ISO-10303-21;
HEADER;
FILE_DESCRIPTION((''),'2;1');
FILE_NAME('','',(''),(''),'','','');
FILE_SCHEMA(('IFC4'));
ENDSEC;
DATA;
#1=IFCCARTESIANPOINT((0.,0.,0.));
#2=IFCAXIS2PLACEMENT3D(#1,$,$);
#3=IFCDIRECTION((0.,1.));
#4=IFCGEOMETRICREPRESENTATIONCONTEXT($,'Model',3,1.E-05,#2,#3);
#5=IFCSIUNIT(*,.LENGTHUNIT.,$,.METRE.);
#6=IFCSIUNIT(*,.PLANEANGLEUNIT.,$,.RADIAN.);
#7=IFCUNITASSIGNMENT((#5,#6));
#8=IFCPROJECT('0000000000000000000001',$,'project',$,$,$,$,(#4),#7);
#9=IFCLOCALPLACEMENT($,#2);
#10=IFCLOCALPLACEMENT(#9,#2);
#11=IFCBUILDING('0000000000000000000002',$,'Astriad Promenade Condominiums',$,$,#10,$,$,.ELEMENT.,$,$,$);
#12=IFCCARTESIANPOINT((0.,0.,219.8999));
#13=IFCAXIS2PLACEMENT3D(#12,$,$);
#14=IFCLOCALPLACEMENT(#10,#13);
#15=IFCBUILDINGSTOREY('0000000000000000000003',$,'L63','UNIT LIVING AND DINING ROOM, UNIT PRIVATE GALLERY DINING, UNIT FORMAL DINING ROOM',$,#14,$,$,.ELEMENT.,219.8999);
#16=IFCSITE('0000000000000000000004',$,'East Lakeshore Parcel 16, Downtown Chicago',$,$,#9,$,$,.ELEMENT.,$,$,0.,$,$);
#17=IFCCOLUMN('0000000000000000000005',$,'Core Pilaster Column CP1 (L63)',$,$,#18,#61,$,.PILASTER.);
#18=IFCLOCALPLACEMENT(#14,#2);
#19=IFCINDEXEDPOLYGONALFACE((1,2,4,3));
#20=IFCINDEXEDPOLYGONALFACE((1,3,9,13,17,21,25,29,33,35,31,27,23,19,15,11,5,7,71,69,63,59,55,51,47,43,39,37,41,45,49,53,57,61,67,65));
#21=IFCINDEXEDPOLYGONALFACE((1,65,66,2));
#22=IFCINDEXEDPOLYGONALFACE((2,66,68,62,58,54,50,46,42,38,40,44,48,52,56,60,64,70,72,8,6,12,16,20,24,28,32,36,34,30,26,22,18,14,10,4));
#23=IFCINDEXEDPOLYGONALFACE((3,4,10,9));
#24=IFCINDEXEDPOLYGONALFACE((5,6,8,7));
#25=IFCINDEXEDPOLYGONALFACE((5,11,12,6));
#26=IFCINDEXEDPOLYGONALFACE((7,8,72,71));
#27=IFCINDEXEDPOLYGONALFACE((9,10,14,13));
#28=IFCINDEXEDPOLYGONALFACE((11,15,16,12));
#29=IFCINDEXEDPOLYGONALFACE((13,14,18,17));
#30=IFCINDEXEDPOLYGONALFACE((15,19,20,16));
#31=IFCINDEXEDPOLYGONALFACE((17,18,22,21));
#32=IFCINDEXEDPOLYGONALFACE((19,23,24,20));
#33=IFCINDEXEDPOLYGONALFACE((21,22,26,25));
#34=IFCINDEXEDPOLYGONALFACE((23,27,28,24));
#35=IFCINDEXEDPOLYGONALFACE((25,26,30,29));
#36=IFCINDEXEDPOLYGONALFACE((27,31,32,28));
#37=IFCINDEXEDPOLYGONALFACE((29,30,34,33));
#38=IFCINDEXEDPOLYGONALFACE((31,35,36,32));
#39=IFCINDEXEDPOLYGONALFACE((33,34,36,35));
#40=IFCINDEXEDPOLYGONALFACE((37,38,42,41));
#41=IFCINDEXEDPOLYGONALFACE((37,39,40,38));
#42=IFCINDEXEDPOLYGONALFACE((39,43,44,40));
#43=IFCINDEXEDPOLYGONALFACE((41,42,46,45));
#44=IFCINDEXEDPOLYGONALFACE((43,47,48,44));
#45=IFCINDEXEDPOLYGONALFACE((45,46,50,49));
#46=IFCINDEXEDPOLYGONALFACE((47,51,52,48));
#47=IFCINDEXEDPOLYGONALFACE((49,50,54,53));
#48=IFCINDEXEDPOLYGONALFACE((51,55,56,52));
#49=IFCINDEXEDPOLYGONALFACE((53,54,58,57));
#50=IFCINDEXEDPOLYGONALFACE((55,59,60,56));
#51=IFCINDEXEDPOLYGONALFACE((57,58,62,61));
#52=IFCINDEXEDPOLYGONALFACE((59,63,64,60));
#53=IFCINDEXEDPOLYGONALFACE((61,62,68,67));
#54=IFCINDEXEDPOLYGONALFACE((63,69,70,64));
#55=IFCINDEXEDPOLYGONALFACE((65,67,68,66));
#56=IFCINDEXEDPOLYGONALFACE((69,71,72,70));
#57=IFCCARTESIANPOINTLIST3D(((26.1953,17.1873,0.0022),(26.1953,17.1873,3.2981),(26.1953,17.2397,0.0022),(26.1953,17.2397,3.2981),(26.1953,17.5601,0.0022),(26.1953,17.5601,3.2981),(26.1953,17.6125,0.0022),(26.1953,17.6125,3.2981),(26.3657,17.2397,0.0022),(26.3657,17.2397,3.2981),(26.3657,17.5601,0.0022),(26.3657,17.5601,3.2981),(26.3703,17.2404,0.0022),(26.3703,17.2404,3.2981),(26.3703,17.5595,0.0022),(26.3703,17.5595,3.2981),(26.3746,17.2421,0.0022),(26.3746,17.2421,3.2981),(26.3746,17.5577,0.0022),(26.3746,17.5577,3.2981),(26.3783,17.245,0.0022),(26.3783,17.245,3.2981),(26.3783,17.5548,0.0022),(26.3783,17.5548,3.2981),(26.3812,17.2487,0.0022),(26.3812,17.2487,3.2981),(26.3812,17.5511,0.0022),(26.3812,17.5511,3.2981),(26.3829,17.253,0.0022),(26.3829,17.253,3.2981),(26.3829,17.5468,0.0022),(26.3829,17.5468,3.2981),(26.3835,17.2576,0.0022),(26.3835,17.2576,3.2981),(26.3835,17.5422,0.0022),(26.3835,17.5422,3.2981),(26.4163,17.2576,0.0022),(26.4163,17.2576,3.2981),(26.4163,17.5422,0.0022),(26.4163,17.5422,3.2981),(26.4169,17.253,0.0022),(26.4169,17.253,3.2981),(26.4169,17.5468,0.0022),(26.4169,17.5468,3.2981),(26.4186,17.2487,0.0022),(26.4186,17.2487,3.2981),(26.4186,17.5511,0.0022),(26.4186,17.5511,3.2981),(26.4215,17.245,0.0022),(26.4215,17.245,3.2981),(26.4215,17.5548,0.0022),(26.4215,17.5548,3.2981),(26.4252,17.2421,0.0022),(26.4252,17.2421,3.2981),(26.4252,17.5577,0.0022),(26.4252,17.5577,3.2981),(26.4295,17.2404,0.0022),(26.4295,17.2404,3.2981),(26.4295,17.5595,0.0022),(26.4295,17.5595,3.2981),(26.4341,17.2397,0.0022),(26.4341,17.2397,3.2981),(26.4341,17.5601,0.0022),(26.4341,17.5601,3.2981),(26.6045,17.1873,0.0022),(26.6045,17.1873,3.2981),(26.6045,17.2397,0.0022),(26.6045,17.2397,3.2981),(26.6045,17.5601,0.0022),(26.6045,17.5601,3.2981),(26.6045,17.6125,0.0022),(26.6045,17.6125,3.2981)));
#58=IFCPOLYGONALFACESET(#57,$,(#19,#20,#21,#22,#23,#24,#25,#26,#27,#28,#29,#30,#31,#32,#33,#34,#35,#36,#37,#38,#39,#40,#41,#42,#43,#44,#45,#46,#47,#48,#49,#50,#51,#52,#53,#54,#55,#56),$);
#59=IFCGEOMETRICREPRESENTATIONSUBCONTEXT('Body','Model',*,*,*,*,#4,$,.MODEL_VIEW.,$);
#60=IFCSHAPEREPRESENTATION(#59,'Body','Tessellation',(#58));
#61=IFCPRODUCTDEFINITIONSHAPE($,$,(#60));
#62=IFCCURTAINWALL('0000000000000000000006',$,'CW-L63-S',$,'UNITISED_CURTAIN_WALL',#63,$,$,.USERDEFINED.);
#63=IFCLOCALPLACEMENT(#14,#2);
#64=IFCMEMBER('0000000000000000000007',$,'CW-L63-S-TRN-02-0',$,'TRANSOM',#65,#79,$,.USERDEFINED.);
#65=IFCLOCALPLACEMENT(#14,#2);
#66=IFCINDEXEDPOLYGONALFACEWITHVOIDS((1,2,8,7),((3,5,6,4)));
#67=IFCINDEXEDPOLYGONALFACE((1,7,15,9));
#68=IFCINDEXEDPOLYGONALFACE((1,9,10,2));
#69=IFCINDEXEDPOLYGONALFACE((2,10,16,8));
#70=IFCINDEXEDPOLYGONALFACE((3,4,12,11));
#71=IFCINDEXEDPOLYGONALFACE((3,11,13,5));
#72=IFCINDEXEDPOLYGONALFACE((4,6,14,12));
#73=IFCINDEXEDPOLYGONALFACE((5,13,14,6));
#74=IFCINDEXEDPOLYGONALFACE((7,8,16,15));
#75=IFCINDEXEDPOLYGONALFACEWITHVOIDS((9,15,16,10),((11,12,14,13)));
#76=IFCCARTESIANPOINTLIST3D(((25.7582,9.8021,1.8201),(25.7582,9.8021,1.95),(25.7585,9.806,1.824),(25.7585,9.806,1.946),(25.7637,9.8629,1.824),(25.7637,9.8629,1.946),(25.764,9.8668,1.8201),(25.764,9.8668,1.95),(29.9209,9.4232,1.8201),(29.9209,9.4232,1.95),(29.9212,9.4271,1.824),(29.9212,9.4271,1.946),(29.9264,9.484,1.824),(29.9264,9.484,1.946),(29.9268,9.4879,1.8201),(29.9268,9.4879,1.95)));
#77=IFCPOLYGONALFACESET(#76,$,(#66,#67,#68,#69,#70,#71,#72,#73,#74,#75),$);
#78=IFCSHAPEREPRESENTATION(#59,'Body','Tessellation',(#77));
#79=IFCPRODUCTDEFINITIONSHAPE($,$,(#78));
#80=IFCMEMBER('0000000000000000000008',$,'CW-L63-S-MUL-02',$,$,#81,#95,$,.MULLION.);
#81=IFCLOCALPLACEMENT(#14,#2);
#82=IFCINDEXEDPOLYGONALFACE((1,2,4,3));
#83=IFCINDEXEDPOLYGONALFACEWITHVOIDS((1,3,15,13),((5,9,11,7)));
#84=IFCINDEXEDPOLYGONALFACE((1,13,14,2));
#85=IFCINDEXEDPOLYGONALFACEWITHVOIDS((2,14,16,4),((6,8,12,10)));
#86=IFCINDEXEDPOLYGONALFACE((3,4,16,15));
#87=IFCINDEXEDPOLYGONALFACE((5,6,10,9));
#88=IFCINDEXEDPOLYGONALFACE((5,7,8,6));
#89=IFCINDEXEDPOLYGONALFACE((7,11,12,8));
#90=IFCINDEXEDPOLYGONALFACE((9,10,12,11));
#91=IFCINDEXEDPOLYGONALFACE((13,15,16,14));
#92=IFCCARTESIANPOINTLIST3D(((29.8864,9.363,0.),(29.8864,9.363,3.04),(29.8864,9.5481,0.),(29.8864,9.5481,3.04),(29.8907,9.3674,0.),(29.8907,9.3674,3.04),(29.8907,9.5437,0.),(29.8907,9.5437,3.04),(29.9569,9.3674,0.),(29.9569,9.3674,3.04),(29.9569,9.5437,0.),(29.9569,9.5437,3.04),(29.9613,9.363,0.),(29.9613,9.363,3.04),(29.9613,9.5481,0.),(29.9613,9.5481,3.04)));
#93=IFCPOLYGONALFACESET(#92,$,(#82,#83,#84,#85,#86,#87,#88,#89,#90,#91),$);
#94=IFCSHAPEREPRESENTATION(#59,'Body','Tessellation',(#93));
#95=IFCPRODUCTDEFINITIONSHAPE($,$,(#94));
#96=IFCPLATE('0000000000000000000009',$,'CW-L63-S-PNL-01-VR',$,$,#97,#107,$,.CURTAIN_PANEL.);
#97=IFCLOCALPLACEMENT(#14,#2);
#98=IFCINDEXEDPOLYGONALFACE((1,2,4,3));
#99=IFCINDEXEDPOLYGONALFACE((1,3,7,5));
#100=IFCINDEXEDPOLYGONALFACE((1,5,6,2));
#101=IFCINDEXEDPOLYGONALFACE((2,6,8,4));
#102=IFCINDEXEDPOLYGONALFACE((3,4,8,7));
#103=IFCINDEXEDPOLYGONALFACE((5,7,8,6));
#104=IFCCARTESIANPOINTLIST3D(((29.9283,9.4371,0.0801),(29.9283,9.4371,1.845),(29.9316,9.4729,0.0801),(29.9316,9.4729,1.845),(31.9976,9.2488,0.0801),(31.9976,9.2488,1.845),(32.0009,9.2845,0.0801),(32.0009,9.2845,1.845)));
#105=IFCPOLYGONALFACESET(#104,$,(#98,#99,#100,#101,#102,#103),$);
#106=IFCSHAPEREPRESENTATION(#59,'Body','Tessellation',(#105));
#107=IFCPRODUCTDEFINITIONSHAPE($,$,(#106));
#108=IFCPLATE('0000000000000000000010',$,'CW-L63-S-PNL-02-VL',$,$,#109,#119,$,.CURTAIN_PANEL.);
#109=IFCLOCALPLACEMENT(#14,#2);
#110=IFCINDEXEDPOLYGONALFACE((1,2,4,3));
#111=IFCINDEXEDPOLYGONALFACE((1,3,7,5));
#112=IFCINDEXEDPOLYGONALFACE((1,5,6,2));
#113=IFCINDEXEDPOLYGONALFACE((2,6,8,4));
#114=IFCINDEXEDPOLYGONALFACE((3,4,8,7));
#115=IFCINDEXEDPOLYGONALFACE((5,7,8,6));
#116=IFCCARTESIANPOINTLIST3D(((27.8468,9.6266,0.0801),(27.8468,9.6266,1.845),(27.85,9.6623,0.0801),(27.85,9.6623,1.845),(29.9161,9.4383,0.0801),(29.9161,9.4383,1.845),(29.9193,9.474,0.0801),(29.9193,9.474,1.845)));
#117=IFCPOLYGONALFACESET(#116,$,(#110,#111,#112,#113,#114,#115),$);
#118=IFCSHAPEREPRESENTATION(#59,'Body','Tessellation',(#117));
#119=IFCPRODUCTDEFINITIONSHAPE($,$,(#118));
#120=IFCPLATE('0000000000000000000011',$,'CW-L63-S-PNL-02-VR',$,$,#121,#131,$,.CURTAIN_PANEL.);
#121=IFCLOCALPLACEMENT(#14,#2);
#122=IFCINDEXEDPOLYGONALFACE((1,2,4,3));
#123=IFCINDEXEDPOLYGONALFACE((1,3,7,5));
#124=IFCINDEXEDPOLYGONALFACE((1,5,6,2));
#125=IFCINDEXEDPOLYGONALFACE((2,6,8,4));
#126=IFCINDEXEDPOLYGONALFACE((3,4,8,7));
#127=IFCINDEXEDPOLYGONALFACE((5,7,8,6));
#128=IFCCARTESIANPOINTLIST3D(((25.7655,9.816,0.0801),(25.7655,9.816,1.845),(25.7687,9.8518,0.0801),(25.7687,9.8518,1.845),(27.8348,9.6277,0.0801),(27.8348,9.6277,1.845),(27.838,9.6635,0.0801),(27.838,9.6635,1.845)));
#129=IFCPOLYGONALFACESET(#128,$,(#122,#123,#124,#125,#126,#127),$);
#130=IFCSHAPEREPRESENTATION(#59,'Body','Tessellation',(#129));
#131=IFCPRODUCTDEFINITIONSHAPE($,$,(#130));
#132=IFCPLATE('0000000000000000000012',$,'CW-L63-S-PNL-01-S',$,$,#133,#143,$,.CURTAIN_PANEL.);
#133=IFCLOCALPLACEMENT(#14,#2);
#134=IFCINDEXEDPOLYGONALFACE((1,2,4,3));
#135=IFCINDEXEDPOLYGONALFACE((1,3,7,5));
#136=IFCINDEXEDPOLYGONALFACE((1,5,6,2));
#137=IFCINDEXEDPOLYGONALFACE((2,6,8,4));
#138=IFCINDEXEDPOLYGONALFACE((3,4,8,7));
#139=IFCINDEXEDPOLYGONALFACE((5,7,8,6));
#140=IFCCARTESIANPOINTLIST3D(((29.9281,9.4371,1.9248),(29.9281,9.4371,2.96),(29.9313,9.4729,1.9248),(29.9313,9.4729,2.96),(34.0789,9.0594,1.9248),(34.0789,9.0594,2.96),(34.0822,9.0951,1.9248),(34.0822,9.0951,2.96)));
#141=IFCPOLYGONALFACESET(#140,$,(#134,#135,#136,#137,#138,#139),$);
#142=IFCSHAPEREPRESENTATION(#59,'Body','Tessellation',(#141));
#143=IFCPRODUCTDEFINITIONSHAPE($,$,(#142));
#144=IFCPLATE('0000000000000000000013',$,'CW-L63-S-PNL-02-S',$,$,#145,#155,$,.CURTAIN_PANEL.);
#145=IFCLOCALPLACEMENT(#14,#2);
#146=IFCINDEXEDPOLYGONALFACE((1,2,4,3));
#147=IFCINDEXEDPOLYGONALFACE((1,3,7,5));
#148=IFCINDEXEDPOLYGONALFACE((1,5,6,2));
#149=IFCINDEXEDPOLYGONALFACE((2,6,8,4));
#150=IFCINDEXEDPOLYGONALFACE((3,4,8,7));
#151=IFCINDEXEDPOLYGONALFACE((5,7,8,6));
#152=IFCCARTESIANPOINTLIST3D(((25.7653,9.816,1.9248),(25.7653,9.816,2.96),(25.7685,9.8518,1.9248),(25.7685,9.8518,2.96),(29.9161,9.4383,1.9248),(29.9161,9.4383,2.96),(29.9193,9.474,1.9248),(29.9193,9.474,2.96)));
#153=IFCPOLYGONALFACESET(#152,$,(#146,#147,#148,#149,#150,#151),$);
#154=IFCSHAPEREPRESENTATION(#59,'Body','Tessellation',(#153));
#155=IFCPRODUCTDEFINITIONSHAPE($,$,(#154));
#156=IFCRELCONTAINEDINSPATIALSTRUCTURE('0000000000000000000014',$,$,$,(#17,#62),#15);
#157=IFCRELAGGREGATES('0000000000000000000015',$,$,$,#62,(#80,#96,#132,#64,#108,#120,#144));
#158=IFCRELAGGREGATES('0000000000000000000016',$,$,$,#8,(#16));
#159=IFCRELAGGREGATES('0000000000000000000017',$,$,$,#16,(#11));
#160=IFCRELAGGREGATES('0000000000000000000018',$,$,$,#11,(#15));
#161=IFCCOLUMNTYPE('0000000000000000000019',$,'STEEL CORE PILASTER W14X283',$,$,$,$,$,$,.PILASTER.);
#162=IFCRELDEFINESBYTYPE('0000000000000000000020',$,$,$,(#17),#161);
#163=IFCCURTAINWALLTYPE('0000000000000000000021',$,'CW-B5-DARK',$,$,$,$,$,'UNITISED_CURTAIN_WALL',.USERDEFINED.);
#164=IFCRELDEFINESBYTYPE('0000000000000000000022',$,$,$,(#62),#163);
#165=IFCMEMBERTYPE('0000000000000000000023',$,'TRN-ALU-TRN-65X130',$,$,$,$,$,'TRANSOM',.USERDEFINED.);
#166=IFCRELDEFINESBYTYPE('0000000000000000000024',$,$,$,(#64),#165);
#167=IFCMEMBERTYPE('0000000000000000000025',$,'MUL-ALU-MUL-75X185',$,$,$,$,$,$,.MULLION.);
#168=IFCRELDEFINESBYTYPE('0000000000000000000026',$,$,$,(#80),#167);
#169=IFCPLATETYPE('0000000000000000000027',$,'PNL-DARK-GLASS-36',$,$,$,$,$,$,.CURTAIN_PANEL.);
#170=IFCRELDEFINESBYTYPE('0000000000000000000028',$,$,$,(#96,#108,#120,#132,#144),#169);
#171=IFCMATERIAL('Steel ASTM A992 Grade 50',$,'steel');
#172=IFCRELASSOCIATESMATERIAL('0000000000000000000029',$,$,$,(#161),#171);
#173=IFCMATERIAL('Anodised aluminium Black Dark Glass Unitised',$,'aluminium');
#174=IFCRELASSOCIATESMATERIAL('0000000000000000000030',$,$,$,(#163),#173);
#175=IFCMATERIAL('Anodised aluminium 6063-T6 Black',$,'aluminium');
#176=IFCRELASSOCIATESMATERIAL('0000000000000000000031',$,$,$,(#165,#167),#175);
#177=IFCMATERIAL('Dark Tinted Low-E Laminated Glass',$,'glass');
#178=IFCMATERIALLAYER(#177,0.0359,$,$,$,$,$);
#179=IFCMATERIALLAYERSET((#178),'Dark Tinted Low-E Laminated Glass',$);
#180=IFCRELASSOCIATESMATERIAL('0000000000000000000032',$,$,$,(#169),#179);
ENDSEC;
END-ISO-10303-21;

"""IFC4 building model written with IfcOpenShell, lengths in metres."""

from ifc_helpers import new_model, si_unit, direction, frame, origin, origin_2d, place, context, subcontext, project, spatial, rectangle, hollow_rectangle, i_section, extrude, source, transform, mapped, material, layer, layer_set, material_profile, profile_set, type_object, type_shapes, element, aggregate, save


model = new_model("IFC4")

# Units and contexts
model_context = context("Model", 3, precision=1e-05, world=origin(), true_north=direction((0.0, 1.0)))
body_context = subcontext(model_context, "Body", "Model", "MODEL_VIEW")
ifc_project = project(units=[si_unit("LENGTHUNIT", "METRE"), si_unit("PLANEANGLEUNIT", "RADIAN")], contexts=[model_context])

# Site, building, storey
site_placement = place(None, origin())
site = spatial("IfcSite", under=ifc_project, at=site_placement, Name="East Lakeshore Parcel 16, Downtown Chicago", CompositionType="ELEMENT", RefElevation=0.0)
building_placement = place(site_placement, origin())
building = spatial("IfcBuilding", under=site, at=building_placement, Name="Astriad Promenade Condominiums", CompositionType="ELEMENT")
storey_placement = place(building_placement, frame((0.0, 0.0, 219.8999)))
storey = spatial("IfcBuildingStorey", under=building, at=storey_placement, Name="L63", Description="UNIT LIVING AND DINING ROOM, UNIT PRIVATE GALLERY DINING, UNIT FORMAL DINING ROOM", CompositionType="ELEMENT", Elevation=219.8999)

# Column
ifc_material_1 = material(Name="Steel ASTM A992 Grade 50", Category="steel")
ifc_material_profile_1 = material_profile(ifc_material_1, i_section(OverallWidth=0.4092, OverallDepth=0.4253, WebThickness=0.0327, FlangeThickness=0.0525, FilletRadius=0.0178, at=origin_2d()), Name="W14X283")
ifc_profile_set_1 = profile_set([ifc_material_profile_1], Name="Steel ASTM A992 Grade 50")
column_type = type_object("IfcColumnType", Name="STEEL CORE PILASTER W14X283", PredefinedType="PILASTER", material=ifc_profile_set_1)
shared_shape_1 = source(origin(), body_context, "Body", "SweptSolid", [
    extrude(i_section(OverallWidth=0.4092, OverallDepth=0.4253, WebThickness=0.0327, FlangeThickness=0.0525, FilletRadius=0.0178, at=origin_2d()), origin(), (0.0, 0.0, 1.0), 3.2959),
])
type_shapes(column_type, [shared_shape_1])
column_placement = place(storey_placement, frame((26.3999, 17.3999, 0.0022), z_axis=(0.0, 0.0, 1.0), x_axis=(1.0, 0.0, 0.0)))
element("IfcColumn", 1, at=column_placement, inside=storey, type_object=column_type, Name="Core Pilaster Column CP1 (L63)", PredefinedType="PILASTER", context=body_context, shape_type="MappedRepresentation", body=[
    mapped(shared_shape_1, transform((0.0, 0.0, 0.0), scale=1.0)),
])

# Curtain wall, members, plates
ifc_material_2 = material(Name="Anodised aluminium Black Dark Glass Unitised", Category="aluminium")
curtain_wall_type = type_object("IfcCurtainWallType", Name="CW-B5-DARK", ElementType="UNITISED_CURTAIN_WALL", PredefinedType="USERDEFINED", material=ifc_material_2)
curtain_wall_placement = place(storey_placement, origin())
curtain_wall = element("IfcCurtainWall", 2, at=curtain_wall_placement, inside=storey, type_object=curtain_wall_type, Name="CW-L63-S", ObjectType="UNITISED_CURTAIN_WALL", PredefinedType="USERDEFINED")
ifc_material_3 = material(Name="Anodised aluminium 6063-T6 Black", Category="aluminium")
ifc_material_profile_2 = material_profile(ifc_material_3, hollow_rectangle(XDim=0.0649, YDim=0.1299, WallThickness=0.0039, at=origin_2d()), Name="ALU-TRN-65X130")
ifc_profile_set_2 = profile_set([ifc_material_profile_2], Name="Anodised aluminium 6063-T6 Black")
member_type_1 = type_object("IfcMemberType", Name="TRN-ALU-TRN-65X130", ElementType="TRANSOM", PredefinedType="USERDEFINED", material=ifc_profile_set_2)
shared_shape_2 = source(origin(), body_context, "Body", "SweptSolid", [
    extrude(hollow_rectangle(XDim=0.0649, YDim=0.1299, WallThickness=0.0039, at=origin_2d()), origin(), (0.0, 0.0, 1.0), 4.1799),
])
type_shapes(member_type_1, [shared_shape_2])
member_1_placement = place(storey_placement, frame((29.9238, 9.4556, 1.885), z_axis=(-0.995883, 0.090646, 0.0), x_axis=(-0.090646, -0.995883, 0.0)))
member_1 = element("IfcMember", 3, at=member_1_placement, type_object=member_type_1, Name="CW-L63-S-TRN-02-0", ObjectType="TRANSOM", PredefinedType="USERDEFINED", context=body_context, shape_type="MappedRepresentation", body=[
    mapped(shared_shape_2, transform((0.0, 0.0, 0.0), scale=1.0)),
])
ifc_material_profile_3 = material_profile(ifc_material_3, hollow_rectangle(XDim=0.075, YDim=0.1851, WallThickness=0.0044, at=origin_2d()), Name="ALU-MUL-75X185")
ifc_profile_set_3 = profile_set([ifc_material_profile_3], Name="Anodised aluminium 6063-T6 Black")
member_type_2 = type_object("IfcMemberType", Name="MUL-ALU-MUL-75X185", PredefinedType="MULLION", material=ifc_profile_set_3)
shared_shape_3 = source(origin(), body_context, "Body", "SweptSolid", [
    extrude(hollow_rectangle(XDim=0.075, YDim=0.1851, WallThickness=0.0044, at=origin_2d()), origin(), (0.0, 0.0, 1.0), 3.04),
])
type_shapes(member_type_2, [shared_shape_3])
member_2_placement = place(storey_placement, frame((29.9238, 9.4556, 0.0), z_axis=(0.0, 0.0, 1.0), x_axis=(1.0, 0.0, 0.0)))
member_2 = element("IfcMember", 4, at=member_2_placement, type_object=member_type_2, Name="CW-L63-S-MUL-02", PredefinedType="MULLION", context=body_context, shape_type="MappedRepresentation", body=[
    mapped(shared_shape_3, transform((0.0, 0.0, 0.0), scale=1.0)),
])
ifc_material_4 = material(Name="Dark Tinted Low-E Laminated Glass", Category="glass")
ifc_layer_1 = layer(ifc_material_4, 0.0359)
ifc_layer_set_1 = layer_set([ifc_layer_1], Name="Dark Tinted Low-E Laminated Glass")
plate_type = type_object("IfcPlateType", Name="PNL-DARK-GLASS-36", PredefinedType="CURTAIN_PANEL", material=ifc_layer_set_1)
shared_shape_4 = source(origin(), body_context, "Body", "SweptSolid", [
    extrude(rectangle(XDim=2.0779, YDim=0.0359, at=origin_2d()), origin(), (0.0, 0.0, 1.0), 1.7649),
])
plate_1_placement = place(storey_placement, frame((30.9646, 9.3608, 0.0801), z_axis=(0.0, 0.0, 1.0), x_axis=(-0.995884, 0.090633, 0.0)))
plate_1 = element("IfcPlate", 5, at=plate_1_placement, type_object=plate_type, Name="CW-L63-S-PNL-01-VR", PredefinedType="CURTAIN_PANEL", context=body_context, shape_type="MappedRepresentation", body=[
    mapped(shared_shape_4, transform((0.0, 0.0, 0.0), scale=1.0)),
])
plate_2_placement = place(storey_placement, frame((28.8831, 9.5503, 0.0801), z_axis=(0.0, 0.0, 1.0), x_axis=(-0.995884, 0.090633, 0.0)))
plate_2 = element("IfcPlate", 6, at=plate_2_placement, type_object=plate_type, Name="CW-L63-S-PNL-02-VL", PredefinedType="CURTAIN_PANEL", context=body_context, shape_type="MappedRepresentation", body=[
    mapped(shared_shape_4, transform((0.0, 0.0, 0.0), scale=1.0)),
])
plate_3_placement = place(storey_placement, frame((26.8018, 9.7397, 0.0801), z_axis=(0.0, 0.0, 1.0), x_axis=(-0.995884, 0.090633, 0.0)))
plate_3 = element("IfcPlate", 7, at=plate_3_placement, type_object=plate_type, Name="CW-L63-S-PNL-02-VR", PredefinedType="CURTAIN_PANEL", context=body_context, shape_type="MappedRepresentation", body=[
    mapped(shared_shape_4, transform((0.0, 0.0, 0.0), scale=1.0)),
])
shared_shape_5 = source(origin(), body_context, "Body", "SweptSolid", [
    extrude(rectangle(XDim=4.168, YDim=0.0359, at=origin_2d()), origin(), (0.0, 0.0, 1.0), 1.0352),
])
type_shapes(plate_type, [shared_shape_4, shared_shape_5])
plate_4_placement = place(storey_placement, frame((32.0051, 9.2661, 1.9248), z_axis=(0.0, 0.0, 1.0), x_axis=(-0.995884, 0.090633, 0.0)))
plate_4 = element("IfcPlate", 8, at=plate_4_placement, type_object=plate_type, Name="CW-L63-S-PNL-01-S", PredefinedType="CURTAIN_PANEL", context=body_context, shape_type="MappedRepresentation", body=[
    mapped(shared_shape_5, transform((0.0, 0.0, 0.0), scale=1.0)),
])
plate_5_placement = place(storey_placement, frame((27.8423, 9.645, 1.9248), z_axis=(0.0, 0.0, 1.0), x_axis=(-0.995884, 0.090633, 0.0)))
plate_5 = element("IfcPlate", 9, at=plate_5_placement, type_object=plate_type, Name="CW-L63-S-PNL-02-S", PredefinedType="CURTAIN_PANEL", context=body_context, shape_type="MappedRepresentation", body=[
    mapped(shared_shape_5, transform((0.0, 0.0, 0.0), scale=1.0)),
])
aggregate(curtain_wall, [member_2, plate_1, plate_4, member_1, plate_2, plate_3, plate_5])

save(model, "model.ifc")
